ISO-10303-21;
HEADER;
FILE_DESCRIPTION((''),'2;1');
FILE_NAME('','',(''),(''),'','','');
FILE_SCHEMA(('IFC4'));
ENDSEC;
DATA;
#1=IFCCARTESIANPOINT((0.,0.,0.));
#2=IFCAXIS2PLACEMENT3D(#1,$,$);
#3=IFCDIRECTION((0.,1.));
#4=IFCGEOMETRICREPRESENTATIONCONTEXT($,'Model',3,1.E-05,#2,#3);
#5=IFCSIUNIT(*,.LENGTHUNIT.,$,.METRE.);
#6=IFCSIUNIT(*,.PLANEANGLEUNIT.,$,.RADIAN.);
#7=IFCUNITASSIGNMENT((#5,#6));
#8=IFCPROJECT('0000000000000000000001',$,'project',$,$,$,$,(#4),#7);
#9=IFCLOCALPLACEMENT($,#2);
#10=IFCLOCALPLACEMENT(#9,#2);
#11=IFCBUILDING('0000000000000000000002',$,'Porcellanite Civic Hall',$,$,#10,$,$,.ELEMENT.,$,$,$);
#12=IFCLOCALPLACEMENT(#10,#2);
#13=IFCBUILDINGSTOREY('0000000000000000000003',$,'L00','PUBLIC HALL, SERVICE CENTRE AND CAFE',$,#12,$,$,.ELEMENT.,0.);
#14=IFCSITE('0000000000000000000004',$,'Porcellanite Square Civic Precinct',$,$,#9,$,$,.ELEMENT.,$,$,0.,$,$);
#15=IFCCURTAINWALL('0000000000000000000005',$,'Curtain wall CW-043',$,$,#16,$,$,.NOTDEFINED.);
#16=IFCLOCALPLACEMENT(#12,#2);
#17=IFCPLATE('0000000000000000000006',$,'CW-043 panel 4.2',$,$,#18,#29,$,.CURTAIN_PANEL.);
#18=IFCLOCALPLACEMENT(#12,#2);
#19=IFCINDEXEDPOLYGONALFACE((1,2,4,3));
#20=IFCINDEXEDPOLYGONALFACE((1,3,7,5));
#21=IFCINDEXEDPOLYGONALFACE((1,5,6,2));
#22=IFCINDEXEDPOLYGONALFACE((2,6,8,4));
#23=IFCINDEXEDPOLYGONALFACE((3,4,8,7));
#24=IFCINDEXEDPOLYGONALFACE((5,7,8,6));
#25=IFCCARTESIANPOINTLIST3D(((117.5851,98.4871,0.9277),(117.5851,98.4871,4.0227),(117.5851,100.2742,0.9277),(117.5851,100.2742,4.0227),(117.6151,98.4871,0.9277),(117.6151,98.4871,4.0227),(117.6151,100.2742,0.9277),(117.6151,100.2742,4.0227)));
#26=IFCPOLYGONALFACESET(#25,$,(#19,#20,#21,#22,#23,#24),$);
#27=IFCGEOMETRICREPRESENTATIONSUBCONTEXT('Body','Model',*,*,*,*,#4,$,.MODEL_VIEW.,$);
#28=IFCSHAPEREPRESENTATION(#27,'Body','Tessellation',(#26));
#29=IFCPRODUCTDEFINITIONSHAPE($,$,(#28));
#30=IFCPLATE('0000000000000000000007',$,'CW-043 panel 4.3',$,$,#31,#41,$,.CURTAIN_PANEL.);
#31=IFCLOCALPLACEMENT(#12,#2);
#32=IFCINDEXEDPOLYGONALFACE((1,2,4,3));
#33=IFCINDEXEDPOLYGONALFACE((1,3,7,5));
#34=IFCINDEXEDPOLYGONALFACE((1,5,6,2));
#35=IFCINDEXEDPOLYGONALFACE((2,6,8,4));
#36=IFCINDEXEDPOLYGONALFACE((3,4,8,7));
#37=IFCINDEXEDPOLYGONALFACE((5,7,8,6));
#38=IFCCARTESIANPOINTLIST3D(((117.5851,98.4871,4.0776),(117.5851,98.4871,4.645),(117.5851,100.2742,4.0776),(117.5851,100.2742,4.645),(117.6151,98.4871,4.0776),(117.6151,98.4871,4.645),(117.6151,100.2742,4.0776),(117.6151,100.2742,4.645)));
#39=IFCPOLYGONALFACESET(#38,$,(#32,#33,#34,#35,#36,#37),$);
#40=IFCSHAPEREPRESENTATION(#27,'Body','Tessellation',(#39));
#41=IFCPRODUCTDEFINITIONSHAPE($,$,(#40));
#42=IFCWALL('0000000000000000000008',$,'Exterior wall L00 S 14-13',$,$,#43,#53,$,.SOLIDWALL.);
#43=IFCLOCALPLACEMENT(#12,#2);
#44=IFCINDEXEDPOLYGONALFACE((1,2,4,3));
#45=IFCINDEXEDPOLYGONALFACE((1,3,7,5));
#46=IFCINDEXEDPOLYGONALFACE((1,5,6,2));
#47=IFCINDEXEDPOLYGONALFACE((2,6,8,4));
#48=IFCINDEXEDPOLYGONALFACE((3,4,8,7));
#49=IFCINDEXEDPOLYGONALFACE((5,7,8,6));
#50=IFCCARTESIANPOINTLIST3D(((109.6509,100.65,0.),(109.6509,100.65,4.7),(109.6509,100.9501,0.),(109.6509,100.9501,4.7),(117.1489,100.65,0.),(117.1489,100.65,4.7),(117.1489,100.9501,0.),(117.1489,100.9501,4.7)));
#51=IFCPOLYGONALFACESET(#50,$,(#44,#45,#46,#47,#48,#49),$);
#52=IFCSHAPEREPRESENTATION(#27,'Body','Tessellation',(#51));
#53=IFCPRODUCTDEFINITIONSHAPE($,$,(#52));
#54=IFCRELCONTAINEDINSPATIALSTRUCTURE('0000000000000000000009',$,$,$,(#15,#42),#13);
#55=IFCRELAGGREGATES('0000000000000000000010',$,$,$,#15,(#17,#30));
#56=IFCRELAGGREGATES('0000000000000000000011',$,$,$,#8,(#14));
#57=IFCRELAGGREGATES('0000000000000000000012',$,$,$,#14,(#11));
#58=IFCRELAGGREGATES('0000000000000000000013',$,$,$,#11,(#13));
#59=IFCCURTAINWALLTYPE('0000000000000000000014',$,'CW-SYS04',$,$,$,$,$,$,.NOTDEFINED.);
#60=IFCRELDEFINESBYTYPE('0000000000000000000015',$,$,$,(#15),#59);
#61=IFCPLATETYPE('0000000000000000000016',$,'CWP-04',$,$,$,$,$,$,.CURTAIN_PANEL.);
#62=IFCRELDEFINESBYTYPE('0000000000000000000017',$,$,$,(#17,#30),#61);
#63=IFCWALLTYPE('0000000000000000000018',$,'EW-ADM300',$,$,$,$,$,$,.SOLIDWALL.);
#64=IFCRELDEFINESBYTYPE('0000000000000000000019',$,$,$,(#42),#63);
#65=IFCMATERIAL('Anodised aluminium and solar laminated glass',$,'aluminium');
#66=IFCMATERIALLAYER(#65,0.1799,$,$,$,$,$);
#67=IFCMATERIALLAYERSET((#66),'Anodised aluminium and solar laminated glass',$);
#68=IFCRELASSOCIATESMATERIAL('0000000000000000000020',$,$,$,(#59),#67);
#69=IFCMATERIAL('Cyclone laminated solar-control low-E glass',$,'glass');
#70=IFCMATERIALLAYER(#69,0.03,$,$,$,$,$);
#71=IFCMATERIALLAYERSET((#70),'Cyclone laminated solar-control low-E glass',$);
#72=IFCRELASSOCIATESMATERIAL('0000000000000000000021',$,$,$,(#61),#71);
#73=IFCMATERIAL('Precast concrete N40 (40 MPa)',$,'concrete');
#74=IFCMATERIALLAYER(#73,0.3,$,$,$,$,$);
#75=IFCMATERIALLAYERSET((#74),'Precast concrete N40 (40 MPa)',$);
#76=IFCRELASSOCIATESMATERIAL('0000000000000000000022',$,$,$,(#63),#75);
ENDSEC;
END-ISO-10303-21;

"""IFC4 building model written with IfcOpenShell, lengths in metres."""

from ifc_helpers import new_model, si_unit, direction, frame, frame_2d, origin, origin_2d, place, context, subcontext, project, spatial, rectangle, extrude, material, layer, layer_set, type_object, element, aggregate, save


model = new_model("IFC4")

# Units and contexts
model_context = context("Model", 3, precision=1e-05, world=origin(), true_north=direction((0.0, 1.0)))
body_context = subcontext(model_context, "Body", "Model", "MODEL_VIEW")
ifc_project = project(units=[si_unit("LENGTHUNIT", "METRE"), si_unit("PLANEANGLEUNIT", "RADIAN")], contexts=[model_context])

# Site, building, storey
site_placement = place(None, origin())
site = spatial("IfcSite", under=ifc_project, at=site_placement, Name="Porcellanite Square Civic Precinct", CompositionType="ELEMENT", RefElevation=0.0)
building_placement = place(site_placement, origin())
building = spatial("IfcBuilding", under=site, at=building_placement, Name="Porcellanite Civic Hall", CompositionType="ELEMENT")
storey_placement = place(building_placement, origin())
storey = spatial("IfcBuildingStorey", under=building, at=storey_placement, Name="L00", Description="PUBLIC HALL, SERVICE CENTRE AND CAFE", CompositionType="ELEMENT", Elevation=0.0)

# Curtain wall, plates
ifc_material_1 = material(Name="Anodised aluminium and solar laminated glass", Category="aluminium")
ifc_layer_1 = layer(ifc_material_1, 0.1799)
ifc_layer_set_1 = layer_set([ifc_layer_1], Name="Anodised aluminium and solar laminated glass")
curtain_wall_type = type_object("IfcCurtainWallType", Name="CW-SYS04", PredefinedType="NOTDEFINED", material=ifc_layer_set_1)
curtain_wall_placement = place(storey_placement, origin())
curtain_wall = element("IfcCurtainWall", 1, at=curtain_wall_placement, inside=storey, type_object=curtain_wall_type, Name="Curtain wall CW-043", PredefinedType="NOTDEFINED")
ifc_material_2 = material(Name="Cyclone laminated solar-control low-E glass", Category="glass")
ifc_layer_2 = layer(ifc_material_2, 0.03)
ifc_layer_set_2 = layer_set([ifc_layer_2], Name="Cyclone laminated solar-control low-E glass")
plate_type = type_object("IfcPlateType", Name="CWP-04", PredefinedType="CURTAIN_PANEL", material=ifc_layer_set_2)
plate_1_placement = place(storey_placement, frame((117.6001, 99.3806, 0.9277), z_axis=(0.0, 0.0, 1.0), x_axis=(0.0, 1.0, 0.0)))
plate_1 = element("IfcPlate", 2, at=plate_1_placement, type_object=plate_type, Name="CW-043 panel 4.2", PredefinedType="CURTAIN_PANEL", context=body_context, shape_type="SweptSolid", body=[
    extrude(rectangle(XDim=1.7871, YDim=0.03, at=origin_2d()), origin(), (0.0, 0.0, 1.0), 3.095),
])
plate_2_placement = place(storey_placement, frame((117.6001, 99.3806, 4.0776), z_axis=(0.0, 0.0, 1.0), x_axis=(0.0, 1.0, 0.0)))
plate_2 = element("IfcPlate", 3, at=plate_2_placement, type_object=plate_type, Name="CW-043 panel 4.3", PredefinedType="CURTAIN_PANEL", context=body_context, shape_type="SweptSolid", body=[
    extrude(rectangle(XDim=1.7871, YDim=0.03, at=origin_2d()), origin(), (0.0, 0.0, 1.0), 0.5674),
])
aggregate(curtain_wall, [plate_1, plate_2])

# Wall
ifc_material_3 = material(Name="Precast concrete N40 (40 MPa)", Category="concrete")
ifc_layer_3 = layer(ifc_material_3, 0.3)
ifc_layer_set_3 = layer_set([ifc_layer_3], Name="Precast concrete N40 (40 MPa)")
wall_type = type_object("IfcWallType", Name="EW-ADM300", PredefinedType="SOLIDWALL", material=ifc_layer_set_3)
wall_placement = place(storey_placement, frame((117.1489, 100.8, 0.0), z_axis=(0.0, 0.0, 1.0), x_axis=(-1.0, 0.0, 0.0)))
element("IfcWall", 4, at=wall_placement, inside=storey, type_object=wall_type, Name="Exterior wall L00 S 14-13", PredefinedType="SOLIDWALL", context=body_context, shape_type="SweptSolid", body=[
    extrude(rectangle(XDim=7.498, YDim=0.3, at=frame_2d((3.749, 0.0))), origin(), (0.0, 0.0, 1.0), 4.7),
])

save(model, "model.ifc")
